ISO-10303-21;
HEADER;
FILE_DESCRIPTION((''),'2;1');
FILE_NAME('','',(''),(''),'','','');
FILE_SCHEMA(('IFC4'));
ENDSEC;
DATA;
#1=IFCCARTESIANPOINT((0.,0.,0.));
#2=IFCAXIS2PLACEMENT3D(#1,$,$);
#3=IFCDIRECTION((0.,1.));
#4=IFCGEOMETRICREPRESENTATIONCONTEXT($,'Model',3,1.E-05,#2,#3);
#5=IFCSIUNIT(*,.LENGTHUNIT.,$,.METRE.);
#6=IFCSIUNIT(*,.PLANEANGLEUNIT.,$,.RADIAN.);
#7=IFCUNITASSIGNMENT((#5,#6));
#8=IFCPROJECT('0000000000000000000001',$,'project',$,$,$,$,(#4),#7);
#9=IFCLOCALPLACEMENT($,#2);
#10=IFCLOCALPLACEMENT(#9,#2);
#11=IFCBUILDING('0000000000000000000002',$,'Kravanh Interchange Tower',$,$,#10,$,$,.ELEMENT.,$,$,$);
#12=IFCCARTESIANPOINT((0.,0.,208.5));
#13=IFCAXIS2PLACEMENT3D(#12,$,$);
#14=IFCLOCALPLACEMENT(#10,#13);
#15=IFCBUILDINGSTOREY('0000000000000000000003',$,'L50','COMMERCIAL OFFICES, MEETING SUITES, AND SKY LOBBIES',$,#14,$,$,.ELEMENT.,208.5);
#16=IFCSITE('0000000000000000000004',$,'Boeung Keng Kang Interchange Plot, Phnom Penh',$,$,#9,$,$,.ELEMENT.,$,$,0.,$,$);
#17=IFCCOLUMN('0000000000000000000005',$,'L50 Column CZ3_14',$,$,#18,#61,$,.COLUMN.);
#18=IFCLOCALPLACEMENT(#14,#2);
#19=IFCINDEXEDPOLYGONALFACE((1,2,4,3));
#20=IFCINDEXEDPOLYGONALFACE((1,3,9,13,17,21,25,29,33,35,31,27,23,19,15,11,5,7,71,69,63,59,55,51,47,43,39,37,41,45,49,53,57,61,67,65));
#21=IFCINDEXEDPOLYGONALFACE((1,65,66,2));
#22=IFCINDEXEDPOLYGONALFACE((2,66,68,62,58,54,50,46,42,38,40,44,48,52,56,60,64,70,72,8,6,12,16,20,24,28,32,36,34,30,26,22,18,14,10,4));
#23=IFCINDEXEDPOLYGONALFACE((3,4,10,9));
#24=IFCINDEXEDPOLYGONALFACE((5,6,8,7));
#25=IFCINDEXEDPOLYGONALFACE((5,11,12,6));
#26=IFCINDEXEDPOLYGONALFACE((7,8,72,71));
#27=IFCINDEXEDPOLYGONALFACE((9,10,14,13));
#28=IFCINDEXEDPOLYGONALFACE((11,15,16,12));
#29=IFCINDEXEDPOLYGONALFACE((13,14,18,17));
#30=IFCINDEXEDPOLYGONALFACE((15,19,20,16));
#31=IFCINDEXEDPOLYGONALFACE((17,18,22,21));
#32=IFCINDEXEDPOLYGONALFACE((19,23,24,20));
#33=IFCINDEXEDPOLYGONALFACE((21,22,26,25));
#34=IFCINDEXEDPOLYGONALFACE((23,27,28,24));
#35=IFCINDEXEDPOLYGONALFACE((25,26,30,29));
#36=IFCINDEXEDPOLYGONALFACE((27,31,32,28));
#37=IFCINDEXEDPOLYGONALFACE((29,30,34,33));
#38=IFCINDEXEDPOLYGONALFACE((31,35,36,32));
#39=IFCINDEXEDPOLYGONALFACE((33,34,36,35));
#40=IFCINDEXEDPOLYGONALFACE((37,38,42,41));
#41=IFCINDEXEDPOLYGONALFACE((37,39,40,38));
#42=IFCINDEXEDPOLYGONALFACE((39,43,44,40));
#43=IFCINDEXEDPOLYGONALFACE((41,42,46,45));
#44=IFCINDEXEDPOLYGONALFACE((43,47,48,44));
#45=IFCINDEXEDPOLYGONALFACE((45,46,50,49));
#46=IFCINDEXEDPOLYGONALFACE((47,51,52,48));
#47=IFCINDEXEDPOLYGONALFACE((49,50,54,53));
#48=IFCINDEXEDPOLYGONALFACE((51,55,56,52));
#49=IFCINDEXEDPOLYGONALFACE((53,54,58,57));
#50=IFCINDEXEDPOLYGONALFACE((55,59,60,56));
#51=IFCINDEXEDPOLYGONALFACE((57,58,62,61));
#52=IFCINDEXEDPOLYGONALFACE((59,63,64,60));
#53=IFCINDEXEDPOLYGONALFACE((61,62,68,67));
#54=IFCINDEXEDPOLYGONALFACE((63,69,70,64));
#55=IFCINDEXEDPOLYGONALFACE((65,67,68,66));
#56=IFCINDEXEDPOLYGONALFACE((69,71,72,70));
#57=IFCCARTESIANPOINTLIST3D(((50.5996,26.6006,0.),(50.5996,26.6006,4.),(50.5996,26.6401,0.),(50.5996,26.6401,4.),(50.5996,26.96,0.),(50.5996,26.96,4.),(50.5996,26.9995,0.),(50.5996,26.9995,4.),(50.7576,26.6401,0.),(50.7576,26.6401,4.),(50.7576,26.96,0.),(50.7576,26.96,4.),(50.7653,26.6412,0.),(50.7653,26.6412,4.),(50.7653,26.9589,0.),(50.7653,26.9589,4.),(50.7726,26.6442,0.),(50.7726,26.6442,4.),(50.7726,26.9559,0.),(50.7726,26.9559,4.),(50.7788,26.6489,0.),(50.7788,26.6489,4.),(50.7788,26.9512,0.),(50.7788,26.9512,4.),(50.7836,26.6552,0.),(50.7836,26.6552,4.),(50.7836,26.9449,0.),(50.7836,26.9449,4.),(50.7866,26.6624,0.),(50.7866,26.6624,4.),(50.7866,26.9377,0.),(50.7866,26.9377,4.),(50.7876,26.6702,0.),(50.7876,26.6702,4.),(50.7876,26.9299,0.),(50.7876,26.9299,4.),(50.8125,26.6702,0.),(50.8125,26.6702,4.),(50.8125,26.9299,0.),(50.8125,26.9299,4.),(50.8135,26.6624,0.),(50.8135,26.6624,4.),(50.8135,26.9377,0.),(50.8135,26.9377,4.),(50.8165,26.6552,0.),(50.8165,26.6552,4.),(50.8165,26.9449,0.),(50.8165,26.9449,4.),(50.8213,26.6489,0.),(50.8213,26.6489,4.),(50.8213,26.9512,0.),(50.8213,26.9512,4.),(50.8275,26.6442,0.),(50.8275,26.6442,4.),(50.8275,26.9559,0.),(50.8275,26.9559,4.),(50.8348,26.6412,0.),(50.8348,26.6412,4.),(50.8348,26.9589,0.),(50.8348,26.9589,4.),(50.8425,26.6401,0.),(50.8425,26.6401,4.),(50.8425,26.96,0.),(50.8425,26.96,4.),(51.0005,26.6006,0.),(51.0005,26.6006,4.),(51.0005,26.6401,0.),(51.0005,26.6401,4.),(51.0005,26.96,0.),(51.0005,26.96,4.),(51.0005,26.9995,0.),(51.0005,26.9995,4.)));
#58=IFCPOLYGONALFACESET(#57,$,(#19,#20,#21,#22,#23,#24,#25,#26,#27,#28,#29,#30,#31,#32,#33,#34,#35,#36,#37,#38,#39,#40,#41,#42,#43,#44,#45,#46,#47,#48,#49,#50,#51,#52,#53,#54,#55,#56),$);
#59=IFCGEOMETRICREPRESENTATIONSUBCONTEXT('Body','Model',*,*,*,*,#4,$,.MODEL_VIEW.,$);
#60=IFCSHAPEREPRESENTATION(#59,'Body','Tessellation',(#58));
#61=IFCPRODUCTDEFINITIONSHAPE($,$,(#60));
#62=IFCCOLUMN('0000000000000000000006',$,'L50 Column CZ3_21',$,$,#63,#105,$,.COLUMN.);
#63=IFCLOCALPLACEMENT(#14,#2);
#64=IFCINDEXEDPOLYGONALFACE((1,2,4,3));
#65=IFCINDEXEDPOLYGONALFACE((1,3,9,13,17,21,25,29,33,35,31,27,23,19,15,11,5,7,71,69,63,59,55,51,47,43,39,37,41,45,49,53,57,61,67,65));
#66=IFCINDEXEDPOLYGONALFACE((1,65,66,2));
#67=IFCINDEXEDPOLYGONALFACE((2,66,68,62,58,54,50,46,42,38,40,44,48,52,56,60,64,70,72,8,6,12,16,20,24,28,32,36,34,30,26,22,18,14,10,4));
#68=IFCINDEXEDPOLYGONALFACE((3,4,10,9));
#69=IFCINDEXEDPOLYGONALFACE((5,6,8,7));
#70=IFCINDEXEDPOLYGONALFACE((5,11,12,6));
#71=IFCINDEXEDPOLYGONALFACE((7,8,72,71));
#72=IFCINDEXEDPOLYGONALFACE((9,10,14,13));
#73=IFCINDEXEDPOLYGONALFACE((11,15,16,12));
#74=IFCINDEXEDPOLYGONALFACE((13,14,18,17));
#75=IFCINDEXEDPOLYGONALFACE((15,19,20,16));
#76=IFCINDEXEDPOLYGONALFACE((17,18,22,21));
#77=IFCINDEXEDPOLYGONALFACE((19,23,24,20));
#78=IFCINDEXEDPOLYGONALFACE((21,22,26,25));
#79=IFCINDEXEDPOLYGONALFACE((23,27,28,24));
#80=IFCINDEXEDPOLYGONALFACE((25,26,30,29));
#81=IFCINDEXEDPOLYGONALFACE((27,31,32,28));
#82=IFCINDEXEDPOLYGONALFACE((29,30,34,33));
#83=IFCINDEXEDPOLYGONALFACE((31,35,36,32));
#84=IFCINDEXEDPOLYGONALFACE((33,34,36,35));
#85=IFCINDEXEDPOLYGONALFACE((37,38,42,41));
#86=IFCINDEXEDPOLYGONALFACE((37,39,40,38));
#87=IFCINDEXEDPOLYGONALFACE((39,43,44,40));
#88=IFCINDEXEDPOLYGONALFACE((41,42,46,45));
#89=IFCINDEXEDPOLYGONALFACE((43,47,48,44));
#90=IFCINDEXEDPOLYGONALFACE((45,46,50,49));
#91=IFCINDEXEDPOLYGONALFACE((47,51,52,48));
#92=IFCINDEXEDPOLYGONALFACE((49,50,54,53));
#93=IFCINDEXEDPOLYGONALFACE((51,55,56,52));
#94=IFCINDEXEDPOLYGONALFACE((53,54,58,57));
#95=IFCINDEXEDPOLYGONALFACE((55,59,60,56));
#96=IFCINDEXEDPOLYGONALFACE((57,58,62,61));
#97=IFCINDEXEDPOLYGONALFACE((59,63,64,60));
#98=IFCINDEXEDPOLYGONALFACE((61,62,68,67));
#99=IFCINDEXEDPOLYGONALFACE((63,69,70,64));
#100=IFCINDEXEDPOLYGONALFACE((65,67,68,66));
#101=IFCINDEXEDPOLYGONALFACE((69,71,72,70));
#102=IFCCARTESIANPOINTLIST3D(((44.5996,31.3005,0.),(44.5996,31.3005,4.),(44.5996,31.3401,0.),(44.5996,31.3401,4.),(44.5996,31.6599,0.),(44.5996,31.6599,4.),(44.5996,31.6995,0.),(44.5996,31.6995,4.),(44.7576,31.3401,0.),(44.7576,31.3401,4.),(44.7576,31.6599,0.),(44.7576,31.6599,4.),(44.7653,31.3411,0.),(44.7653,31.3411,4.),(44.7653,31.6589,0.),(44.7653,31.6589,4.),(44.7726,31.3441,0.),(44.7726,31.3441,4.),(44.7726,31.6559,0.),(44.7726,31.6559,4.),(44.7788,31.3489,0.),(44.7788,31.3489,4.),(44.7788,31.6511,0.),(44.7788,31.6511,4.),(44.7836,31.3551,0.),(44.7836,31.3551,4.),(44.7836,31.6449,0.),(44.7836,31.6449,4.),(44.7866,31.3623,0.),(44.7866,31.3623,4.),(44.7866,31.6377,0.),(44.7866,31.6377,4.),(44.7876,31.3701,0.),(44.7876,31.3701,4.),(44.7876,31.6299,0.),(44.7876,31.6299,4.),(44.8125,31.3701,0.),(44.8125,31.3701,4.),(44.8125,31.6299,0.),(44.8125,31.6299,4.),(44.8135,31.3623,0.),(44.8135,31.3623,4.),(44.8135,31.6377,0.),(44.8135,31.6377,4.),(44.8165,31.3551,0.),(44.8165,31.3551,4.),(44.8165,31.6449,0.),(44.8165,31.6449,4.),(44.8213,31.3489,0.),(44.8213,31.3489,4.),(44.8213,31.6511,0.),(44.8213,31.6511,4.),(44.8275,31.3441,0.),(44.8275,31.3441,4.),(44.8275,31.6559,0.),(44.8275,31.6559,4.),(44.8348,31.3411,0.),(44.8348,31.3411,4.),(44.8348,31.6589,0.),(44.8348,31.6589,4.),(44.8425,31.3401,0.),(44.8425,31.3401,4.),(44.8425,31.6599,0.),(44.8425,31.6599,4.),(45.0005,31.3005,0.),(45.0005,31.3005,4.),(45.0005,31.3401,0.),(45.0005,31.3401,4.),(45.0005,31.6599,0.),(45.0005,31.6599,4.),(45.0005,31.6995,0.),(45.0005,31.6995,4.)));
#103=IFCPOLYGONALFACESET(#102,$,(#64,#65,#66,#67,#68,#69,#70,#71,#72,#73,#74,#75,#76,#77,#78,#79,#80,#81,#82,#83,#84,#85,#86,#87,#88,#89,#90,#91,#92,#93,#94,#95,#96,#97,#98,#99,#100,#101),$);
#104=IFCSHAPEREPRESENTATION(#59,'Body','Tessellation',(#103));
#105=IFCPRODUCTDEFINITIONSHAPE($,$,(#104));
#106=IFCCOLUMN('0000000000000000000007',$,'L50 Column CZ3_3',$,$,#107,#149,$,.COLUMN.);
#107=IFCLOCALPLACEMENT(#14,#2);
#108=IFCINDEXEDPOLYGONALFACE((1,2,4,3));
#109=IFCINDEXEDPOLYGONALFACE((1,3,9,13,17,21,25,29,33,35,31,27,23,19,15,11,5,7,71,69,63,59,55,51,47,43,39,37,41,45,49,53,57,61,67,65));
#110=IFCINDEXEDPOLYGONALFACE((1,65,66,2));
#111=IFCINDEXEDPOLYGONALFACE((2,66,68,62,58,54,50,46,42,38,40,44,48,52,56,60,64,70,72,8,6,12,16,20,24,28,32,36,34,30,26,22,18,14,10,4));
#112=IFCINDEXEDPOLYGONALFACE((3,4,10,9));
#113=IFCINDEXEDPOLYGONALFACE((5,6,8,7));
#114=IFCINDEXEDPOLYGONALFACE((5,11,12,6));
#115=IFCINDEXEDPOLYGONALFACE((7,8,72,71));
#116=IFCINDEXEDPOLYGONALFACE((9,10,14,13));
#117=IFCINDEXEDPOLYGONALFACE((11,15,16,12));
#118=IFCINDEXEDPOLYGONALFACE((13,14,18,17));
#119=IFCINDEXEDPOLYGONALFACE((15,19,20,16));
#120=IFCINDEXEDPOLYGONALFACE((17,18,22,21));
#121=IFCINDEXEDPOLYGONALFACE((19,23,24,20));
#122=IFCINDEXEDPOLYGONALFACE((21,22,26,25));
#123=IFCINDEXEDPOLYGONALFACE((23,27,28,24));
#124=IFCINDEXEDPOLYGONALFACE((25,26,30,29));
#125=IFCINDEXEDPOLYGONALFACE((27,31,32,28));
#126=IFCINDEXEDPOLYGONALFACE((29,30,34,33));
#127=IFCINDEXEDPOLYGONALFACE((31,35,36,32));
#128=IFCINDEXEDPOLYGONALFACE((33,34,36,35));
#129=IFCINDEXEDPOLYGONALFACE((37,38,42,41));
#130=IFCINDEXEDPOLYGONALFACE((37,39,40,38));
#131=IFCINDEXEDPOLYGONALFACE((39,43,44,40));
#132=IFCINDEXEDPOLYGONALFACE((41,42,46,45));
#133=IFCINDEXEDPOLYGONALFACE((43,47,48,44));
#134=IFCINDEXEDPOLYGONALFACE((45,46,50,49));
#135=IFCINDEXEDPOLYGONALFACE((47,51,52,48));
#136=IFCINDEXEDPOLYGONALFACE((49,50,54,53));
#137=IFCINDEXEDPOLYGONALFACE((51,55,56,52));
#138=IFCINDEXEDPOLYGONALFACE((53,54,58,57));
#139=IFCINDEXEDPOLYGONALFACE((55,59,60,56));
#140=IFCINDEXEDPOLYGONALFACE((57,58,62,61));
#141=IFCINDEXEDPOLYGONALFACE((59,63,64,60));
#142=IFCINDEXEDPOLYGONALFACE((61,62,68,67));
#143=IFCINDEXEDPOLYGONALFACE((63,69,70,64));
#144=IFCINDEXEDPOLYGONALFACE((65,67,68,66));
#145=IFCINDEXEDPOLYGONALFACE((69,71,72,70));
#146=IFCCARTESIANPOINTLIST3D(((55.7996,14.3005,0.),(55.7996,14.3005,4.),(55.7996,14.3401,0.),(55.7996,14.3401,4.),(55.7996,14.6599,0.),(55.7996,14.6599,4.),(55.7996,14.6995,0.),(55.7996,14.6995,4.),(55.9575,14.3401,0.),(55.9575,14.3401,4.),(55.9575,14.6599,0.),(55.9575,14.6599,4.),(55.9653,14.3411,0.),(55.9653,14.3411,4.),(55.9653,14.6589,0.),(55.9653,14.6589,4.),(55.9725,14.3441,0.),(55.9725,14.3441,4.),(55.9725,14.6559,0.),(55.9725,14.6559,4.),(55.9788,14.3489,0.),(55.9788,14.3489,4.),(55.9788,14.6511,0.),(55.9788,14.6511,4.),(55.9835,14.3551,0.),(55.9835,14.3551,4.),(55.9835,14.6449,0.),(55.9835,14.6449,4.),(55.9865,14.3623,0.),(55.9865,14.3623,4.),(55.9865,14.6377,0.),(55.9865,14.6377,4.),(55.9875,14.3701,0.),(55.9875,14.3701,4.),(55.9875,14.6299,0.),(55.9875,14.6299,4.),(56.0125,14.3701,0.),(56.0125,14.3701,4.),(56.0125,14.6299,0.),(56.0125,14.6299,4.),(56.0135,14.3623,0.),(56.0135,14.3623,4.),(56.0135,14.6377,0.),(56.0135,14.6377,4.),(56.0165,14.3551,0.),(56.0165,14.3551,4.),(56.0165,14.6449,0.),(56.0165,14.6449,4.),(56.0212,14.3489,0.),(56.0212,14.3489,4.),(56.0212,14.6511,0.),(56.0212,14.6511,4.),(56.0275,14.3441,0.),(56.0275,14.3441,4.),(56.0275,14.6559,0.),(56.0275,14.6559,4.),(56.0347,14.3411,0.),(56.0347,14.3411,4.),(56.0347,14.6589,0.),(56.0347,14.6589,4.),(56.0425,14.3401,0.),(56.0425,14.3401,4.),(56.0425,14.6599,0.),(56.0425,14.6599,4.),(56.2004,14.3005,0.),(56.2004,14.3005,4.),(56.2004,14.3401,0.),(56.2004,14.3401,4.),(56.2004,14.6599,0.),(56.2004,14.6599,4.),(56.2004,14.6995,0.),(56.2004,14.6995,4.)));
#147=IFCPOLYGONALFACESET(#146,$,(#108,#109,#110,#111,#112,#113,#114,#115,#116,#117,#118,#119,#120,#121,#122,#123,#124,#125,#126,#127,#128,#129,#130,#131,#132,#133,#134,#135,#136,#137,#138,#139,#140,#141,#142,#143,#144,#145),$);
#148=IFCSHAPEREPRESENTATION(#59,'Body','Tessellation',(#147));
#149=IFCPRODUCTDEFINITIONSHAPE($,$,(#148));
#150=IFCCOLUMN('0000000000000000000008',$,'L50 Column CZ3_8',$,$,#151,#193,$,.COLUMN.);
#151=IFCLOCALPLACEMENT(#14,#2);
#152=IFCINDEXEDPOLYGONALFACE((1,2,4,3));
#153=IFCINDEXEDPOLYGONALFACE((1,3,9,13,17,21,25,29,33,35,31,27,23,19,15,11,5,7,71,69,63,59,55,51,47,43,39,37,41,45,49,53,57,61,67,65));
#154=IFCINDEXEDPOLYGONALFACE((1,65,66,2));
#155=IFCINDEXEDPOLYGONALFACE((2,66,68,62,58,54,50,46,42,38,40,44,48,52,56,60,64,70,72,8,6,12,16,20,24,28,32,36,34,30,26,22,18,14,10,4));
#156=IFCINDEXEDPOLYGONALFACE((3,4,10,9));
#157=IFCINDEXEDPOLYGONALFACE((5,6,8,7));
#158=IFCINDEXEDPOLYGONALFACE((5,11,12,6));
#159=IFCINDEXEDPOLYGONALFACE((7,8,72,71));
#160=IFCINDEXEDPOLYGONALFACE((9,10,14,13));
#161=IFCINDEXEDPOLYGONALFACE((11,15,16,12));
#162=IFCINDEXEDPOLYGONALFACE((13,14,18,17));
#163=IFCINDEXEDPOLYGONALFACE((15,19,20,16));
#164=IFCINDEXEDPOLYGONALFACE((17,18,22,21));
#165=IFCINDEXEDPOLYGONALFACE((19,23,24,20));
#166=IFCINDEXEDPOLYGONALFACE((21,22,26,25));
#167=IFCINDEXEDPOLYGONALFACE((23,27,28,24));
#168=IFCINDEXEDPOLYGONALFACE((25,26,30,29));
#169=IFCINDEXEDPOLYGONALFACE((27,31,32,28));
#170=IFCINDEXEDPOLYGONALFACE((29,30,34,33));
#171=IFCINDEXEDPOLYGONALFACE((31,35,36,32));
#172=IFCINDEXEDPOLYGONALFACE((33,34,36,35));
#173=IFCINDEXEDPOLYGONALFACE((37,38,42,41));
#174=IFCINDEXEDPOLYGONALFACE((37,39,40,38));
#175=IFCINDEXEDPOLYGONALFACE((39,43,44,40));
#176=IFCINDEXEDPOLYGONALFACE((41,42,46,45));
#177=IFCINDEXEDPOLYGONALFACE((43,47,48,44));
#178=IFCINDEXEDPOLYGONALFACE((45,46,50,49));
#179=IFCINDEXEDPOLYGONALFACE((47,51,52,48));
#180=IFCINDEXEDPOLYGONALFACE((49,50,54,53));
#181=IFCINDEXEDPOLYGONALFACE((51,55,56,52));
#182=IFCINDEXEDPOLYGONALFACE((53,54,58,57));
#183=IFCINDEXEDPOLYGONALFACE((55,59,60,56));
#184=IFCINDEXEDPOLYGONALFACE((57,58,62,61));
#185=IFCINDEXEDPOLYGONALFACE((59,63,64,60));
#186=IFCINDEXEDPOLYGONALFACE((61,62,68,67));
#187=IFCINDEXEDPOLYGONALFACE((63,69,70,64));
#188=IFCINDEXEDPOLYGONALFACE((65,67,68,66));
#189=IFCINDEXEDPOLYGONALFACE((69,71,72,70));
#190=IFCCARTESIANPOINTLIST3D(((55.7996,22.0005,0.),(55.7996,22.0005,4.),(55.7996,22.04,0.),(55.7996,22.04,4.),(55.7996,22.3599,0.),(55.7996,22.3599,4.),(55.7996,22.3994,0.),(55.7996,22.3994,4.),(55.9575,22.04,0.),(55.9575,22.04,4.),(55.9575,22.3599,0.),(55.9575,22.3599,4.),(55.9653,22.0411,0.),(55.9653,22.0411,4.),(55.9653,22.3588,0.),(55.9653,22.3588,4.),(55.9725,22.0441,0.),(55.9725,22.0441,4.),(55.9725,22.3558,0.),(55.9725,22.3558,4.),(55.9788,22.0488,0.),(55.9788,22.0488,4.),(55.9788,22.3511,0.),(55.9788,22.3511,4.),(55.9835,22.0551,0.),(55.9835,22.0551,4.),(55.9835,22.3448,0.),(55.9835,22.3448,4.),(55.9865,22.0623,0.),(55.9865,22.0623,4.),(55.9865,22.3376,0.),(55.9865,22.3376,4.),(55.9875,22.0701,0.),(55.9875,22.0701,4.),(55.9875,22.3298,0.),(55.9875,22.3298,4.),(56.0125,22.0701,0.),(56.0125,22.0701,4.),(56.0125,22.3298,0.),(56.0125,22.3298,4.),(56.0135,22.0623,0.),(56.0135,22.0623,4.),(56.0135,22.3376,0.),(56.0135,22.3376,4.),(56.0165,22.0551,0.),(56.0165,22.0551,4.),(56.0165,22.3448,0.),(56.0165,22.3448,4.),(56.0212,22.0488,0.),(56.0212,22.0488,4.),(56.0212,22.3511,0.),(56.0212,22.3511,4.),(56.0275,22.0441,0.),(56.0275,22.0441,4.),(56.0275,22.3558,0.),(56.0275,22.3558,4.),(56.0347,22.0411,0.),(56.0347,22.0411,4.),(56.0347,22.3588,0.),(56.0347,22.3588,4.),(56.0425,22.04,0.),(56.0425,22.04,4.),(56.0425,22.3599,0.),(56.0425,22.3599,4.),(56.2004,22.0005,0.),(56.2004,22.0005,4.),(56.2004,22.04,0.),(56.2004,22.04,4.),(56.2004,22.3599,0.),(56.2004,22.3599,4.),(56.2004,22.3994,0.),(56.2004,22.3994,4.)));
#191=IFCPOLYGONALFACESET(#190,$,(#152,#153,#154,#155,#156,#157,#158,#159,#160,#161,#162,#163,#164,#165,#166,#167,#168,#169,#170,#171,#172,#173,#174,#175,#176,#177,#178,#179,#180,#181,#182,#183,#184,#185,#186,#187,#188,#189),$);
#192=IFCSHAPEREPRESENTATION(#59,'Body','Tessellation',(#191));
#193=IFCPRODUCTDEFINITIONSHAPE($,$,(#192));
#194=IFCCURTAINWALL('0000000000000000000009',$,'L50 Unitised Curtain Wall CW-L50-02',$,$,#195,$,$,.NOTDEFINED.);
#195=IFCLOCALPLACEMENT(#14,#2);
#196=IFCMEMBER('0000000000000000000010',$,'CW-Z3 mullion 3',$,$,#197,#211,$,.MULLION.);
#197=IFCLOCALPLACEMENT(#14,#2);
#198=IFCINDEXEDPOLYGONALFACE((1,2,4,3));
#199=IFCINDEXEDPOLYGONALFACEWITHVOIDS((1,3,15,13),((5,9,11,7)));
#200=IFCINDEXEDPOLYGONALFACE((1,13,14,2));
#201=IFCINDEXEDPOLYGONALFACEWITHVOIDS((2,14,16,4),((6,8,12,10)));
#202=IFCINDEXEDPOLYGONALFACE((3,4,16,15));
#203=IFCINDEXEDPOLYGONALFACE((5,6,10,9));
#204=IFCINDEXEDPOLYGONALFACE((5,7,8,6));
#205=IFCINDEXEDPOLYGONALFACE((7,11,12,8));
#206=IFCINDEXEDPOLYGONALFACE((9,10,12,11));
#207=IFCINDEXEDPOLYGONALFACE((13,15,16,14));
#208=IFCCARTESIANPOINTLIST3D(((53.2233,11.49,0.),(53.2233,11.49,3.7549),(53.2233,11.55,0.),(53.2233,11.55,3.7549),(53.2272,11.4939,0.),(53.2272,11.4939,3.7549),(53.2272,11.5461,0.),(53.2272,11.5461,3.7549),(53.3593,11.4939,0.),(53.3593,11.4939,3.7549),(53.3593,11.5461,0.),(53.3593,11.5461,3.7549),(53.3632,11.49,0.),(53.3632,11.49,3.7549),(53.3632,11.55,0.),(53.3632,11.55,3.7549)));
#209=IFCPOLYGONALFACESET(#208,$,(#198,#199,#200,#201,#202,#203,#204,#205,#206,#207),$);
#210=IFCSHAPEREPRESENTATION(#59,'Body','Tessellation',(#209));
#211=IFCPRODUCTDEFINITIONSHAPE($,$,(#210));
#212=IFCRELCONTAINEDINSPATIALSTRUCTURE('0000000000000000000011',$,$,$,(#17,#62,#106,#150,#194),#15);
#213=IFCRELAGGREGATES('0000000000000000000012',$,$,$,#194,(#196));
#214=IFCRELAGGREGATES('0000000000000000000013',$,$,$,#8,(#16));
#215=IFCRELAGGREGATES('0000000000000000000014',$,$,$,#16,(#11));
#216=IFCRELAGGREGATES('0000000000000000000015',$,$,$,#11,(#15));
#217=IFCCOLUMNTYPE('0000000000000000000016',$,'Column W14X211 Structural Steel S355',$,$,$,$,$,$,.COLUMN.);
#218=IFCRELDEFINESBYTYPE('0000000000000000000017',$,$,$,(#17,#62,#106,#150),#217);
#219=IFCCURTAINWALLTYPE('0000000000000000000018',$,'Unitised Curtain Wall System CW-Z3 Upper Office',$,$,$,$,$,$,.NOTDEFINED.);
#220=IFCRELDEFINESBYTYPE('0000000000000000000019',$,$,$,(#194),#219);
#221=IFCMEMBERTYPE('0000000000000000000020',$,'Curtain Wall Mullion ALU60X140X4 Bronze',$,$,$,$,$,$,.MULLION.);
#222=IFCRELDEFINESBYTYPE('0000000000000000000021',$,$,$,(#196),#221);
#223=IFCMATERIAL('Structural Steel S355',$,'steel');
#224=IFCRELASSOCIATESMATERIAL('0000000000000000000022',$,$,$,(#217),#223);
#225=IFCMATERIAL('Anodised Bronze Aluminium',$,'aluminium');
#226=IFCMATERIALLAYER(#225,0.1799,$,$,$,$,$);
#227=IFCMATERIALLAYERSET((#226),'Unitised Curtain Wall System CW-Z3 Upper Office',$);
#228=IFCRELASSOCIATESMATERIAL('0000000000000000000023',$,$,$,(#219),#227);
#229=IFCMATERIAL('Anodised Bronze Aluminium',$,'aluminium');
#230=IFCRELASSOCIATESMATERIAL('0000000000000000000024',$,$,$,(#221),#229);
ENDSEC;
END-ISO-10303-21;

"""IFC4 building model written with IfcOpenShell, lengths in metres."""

from ifc_helpers import new_model, si_unit, direction, frame, origin, origin_2d, place, context, subcontext, project, spatial, hollow_rectangle, i_section, extrude, material, layer, layer_set, material_profile, profile_set, type_object, element, aggregate, save


model = new_model("IFC4")

# Units and contexts
model_context = context("Model", 3, precision=1e-05, world=origin(), true_north=direction((0.0, 1.0)))
body_context = subcontext(model_context, "Body", "Model", "MODEL_VIEW")
ifc_project = project(units=[si_unit("LENGTHUNIT", "METRE"), si_unit("PLANEANGLEUNIT", "RADIAN")], contexts=[model_context])

# Site, building, storey
site_placement = place(None, origin())
site = spatial("IfcSite", under=ifc_project, at=site_placement, Name="Boeung Keng Kang Interchange Plot, Phnom Penh", CompositionType="ELEMENT", RefElevation=0.0)
building_placement = place(site_placement, origin())
building = spatial("IfcBuilding", under=site, at=building_placement, Name="Kravanh Interchange Tower", CompositionType="ELEMENT")
storey_placement = place(building_placement, frame((0.0, 0.0, 208.5)))
storey = spatial("IfcBuildingStorey", under=building, at=storey_placement, Name="L50", Description="COMMERCIAL OFFICES, MEETING SUITES, AND SKY LOBBIES", CompositionType="ELEMENT", Elevation=208.5)

# Columns
ifc_material_1 = material(Name="Structural Steel S355", Category="steel")
ifc_material_profile_1 = material_profile(ifc_material_1, i_section(OverallWidth=0.4009, OverallDepth=0.3989, WebThickness=0.0249, FlangeThickness=0.0396, FilletRadius=0.03, at=origin_2d()), Name="W14X211")
ifc_profile_set_1 = profile_set([ifc_material_profile_1], Name="Structural Steel S355")
column_type = type_object("IfcColumnType", Name="Column W14X211 Structural Steel S355", PredefinedType="COLUMN", material=ifc_profile_set_1)
for number, where, z_axis, x_axis, name in (
    (1, (50.8, 26.8, 0.0), (0.0, 0.0, 1.0), (1.0, 0.0, 0.0), "L50 Column CZ3_14"),
    (2, (44.8, 31.5, 0.0), (0.0, 0.0, 1.0), (1.0, 0.0, 0.0), "L50 Column CZ3_21"),
    (3, (56.0, 14.5, 0.0), (0.0, 0.0, 1.0), (1.0, 0.0, 0.0), "L50 Column CZ3_3"),
    (4, (56.0, 22.2, 0.0), (0.0, 0.0, 1.0), (1.0, 0.0, 0.0), "L50 Column CZ3_8"),
):
    element("IfcColumn", number, at=place(storey_placement, frame(where, z_axis=z_axis, x_axis=x_axis)), inside=storey, type_object=column_type, Name=name, PredefinedType="COLUMN", context=body_context, shape_type="SweptSolid", body=[
        extrude(i_section(OverallWidth=0.4009, OverallDepth=0.3989, WebThickness=0.0249, FlangeThickness=0.0396, FilletRadius=0.03, at=origin_2d()), origin(), (0.0, 0.0, 1.0), 4.0),
    ])

# Curtain wall, member
ifc_material_2 = material(Name="Anodised Bronze Aluminium", Category="aluminium")
ifc_layer_1 = layer(ifc_material_2, 0.1799)
ifc_layer_set_1 = layer_set([ifc_layer_1], Name="Unitised Curtain Wall System CW-Z3 Upper Office")
curtain_wall_type = type_object("IfcCurtainWallType", Name="Unitised Curtain Wall System CW-Z3 Upper Office", PredefinedType="NOTDEFINED", material=ifc_layer_set_1)
curtain_wall_1_placement = place(storey_placement, origin())
curtain_wall_1 = element("IfcCurtainWall", 5, at=curtain_wall_1_placement, inside=storey, type_object=curtain_wall_type, Name="L50 Unitised Curtain Wall CW-L50-02", PredefinedType="NOTDEFINED")
ifc_material_3 = material(Name="Anodised Bronze Aluminium", Category="aluminium")
ifc_material_profile_2 = material_profile(ifc_material_3, hollow_rectangle(XDim=0.0601, YDim=0.1399, WallThickness=0.0039, at=origin_2d()), Name="ALU60X140X4")
ifc_profile_set_2 = profile_set([ifc_material_profile_2], Name="Anodised Bronze Aluminium")
member_type_1 = type_object("IfcMemberType", Name="Curtain Wall Mullion ALU60X140X4 Bronze", PredefinedType="MULLION", material=ifc_profile_set_2)
member_1_placement = place(storey_placement, frame((53.2932, 11.52, 0.0), z_axis=(0.0, 0.0, 1.0), x_axis=(0.0, -1.0, 0.0)))
member_1 = element("IfcMember", 6, at=member_1_placement, type_object=member_type_1, Name="CW-Z3 mullion 3", PredefinedType="MULLION", context=body_context, shape_type="SweptSolid", body=[
    extrude(hollow_rectangle(XDim=0.0601, YDim=0.1399, WallThickness=0.0039, at=origin_2d()), origin(), (0.0, 0.0, 1.0), 3.7549),
])

aggregate(curtain_wall_1, [member_1])

save(model, "model.ifc")
